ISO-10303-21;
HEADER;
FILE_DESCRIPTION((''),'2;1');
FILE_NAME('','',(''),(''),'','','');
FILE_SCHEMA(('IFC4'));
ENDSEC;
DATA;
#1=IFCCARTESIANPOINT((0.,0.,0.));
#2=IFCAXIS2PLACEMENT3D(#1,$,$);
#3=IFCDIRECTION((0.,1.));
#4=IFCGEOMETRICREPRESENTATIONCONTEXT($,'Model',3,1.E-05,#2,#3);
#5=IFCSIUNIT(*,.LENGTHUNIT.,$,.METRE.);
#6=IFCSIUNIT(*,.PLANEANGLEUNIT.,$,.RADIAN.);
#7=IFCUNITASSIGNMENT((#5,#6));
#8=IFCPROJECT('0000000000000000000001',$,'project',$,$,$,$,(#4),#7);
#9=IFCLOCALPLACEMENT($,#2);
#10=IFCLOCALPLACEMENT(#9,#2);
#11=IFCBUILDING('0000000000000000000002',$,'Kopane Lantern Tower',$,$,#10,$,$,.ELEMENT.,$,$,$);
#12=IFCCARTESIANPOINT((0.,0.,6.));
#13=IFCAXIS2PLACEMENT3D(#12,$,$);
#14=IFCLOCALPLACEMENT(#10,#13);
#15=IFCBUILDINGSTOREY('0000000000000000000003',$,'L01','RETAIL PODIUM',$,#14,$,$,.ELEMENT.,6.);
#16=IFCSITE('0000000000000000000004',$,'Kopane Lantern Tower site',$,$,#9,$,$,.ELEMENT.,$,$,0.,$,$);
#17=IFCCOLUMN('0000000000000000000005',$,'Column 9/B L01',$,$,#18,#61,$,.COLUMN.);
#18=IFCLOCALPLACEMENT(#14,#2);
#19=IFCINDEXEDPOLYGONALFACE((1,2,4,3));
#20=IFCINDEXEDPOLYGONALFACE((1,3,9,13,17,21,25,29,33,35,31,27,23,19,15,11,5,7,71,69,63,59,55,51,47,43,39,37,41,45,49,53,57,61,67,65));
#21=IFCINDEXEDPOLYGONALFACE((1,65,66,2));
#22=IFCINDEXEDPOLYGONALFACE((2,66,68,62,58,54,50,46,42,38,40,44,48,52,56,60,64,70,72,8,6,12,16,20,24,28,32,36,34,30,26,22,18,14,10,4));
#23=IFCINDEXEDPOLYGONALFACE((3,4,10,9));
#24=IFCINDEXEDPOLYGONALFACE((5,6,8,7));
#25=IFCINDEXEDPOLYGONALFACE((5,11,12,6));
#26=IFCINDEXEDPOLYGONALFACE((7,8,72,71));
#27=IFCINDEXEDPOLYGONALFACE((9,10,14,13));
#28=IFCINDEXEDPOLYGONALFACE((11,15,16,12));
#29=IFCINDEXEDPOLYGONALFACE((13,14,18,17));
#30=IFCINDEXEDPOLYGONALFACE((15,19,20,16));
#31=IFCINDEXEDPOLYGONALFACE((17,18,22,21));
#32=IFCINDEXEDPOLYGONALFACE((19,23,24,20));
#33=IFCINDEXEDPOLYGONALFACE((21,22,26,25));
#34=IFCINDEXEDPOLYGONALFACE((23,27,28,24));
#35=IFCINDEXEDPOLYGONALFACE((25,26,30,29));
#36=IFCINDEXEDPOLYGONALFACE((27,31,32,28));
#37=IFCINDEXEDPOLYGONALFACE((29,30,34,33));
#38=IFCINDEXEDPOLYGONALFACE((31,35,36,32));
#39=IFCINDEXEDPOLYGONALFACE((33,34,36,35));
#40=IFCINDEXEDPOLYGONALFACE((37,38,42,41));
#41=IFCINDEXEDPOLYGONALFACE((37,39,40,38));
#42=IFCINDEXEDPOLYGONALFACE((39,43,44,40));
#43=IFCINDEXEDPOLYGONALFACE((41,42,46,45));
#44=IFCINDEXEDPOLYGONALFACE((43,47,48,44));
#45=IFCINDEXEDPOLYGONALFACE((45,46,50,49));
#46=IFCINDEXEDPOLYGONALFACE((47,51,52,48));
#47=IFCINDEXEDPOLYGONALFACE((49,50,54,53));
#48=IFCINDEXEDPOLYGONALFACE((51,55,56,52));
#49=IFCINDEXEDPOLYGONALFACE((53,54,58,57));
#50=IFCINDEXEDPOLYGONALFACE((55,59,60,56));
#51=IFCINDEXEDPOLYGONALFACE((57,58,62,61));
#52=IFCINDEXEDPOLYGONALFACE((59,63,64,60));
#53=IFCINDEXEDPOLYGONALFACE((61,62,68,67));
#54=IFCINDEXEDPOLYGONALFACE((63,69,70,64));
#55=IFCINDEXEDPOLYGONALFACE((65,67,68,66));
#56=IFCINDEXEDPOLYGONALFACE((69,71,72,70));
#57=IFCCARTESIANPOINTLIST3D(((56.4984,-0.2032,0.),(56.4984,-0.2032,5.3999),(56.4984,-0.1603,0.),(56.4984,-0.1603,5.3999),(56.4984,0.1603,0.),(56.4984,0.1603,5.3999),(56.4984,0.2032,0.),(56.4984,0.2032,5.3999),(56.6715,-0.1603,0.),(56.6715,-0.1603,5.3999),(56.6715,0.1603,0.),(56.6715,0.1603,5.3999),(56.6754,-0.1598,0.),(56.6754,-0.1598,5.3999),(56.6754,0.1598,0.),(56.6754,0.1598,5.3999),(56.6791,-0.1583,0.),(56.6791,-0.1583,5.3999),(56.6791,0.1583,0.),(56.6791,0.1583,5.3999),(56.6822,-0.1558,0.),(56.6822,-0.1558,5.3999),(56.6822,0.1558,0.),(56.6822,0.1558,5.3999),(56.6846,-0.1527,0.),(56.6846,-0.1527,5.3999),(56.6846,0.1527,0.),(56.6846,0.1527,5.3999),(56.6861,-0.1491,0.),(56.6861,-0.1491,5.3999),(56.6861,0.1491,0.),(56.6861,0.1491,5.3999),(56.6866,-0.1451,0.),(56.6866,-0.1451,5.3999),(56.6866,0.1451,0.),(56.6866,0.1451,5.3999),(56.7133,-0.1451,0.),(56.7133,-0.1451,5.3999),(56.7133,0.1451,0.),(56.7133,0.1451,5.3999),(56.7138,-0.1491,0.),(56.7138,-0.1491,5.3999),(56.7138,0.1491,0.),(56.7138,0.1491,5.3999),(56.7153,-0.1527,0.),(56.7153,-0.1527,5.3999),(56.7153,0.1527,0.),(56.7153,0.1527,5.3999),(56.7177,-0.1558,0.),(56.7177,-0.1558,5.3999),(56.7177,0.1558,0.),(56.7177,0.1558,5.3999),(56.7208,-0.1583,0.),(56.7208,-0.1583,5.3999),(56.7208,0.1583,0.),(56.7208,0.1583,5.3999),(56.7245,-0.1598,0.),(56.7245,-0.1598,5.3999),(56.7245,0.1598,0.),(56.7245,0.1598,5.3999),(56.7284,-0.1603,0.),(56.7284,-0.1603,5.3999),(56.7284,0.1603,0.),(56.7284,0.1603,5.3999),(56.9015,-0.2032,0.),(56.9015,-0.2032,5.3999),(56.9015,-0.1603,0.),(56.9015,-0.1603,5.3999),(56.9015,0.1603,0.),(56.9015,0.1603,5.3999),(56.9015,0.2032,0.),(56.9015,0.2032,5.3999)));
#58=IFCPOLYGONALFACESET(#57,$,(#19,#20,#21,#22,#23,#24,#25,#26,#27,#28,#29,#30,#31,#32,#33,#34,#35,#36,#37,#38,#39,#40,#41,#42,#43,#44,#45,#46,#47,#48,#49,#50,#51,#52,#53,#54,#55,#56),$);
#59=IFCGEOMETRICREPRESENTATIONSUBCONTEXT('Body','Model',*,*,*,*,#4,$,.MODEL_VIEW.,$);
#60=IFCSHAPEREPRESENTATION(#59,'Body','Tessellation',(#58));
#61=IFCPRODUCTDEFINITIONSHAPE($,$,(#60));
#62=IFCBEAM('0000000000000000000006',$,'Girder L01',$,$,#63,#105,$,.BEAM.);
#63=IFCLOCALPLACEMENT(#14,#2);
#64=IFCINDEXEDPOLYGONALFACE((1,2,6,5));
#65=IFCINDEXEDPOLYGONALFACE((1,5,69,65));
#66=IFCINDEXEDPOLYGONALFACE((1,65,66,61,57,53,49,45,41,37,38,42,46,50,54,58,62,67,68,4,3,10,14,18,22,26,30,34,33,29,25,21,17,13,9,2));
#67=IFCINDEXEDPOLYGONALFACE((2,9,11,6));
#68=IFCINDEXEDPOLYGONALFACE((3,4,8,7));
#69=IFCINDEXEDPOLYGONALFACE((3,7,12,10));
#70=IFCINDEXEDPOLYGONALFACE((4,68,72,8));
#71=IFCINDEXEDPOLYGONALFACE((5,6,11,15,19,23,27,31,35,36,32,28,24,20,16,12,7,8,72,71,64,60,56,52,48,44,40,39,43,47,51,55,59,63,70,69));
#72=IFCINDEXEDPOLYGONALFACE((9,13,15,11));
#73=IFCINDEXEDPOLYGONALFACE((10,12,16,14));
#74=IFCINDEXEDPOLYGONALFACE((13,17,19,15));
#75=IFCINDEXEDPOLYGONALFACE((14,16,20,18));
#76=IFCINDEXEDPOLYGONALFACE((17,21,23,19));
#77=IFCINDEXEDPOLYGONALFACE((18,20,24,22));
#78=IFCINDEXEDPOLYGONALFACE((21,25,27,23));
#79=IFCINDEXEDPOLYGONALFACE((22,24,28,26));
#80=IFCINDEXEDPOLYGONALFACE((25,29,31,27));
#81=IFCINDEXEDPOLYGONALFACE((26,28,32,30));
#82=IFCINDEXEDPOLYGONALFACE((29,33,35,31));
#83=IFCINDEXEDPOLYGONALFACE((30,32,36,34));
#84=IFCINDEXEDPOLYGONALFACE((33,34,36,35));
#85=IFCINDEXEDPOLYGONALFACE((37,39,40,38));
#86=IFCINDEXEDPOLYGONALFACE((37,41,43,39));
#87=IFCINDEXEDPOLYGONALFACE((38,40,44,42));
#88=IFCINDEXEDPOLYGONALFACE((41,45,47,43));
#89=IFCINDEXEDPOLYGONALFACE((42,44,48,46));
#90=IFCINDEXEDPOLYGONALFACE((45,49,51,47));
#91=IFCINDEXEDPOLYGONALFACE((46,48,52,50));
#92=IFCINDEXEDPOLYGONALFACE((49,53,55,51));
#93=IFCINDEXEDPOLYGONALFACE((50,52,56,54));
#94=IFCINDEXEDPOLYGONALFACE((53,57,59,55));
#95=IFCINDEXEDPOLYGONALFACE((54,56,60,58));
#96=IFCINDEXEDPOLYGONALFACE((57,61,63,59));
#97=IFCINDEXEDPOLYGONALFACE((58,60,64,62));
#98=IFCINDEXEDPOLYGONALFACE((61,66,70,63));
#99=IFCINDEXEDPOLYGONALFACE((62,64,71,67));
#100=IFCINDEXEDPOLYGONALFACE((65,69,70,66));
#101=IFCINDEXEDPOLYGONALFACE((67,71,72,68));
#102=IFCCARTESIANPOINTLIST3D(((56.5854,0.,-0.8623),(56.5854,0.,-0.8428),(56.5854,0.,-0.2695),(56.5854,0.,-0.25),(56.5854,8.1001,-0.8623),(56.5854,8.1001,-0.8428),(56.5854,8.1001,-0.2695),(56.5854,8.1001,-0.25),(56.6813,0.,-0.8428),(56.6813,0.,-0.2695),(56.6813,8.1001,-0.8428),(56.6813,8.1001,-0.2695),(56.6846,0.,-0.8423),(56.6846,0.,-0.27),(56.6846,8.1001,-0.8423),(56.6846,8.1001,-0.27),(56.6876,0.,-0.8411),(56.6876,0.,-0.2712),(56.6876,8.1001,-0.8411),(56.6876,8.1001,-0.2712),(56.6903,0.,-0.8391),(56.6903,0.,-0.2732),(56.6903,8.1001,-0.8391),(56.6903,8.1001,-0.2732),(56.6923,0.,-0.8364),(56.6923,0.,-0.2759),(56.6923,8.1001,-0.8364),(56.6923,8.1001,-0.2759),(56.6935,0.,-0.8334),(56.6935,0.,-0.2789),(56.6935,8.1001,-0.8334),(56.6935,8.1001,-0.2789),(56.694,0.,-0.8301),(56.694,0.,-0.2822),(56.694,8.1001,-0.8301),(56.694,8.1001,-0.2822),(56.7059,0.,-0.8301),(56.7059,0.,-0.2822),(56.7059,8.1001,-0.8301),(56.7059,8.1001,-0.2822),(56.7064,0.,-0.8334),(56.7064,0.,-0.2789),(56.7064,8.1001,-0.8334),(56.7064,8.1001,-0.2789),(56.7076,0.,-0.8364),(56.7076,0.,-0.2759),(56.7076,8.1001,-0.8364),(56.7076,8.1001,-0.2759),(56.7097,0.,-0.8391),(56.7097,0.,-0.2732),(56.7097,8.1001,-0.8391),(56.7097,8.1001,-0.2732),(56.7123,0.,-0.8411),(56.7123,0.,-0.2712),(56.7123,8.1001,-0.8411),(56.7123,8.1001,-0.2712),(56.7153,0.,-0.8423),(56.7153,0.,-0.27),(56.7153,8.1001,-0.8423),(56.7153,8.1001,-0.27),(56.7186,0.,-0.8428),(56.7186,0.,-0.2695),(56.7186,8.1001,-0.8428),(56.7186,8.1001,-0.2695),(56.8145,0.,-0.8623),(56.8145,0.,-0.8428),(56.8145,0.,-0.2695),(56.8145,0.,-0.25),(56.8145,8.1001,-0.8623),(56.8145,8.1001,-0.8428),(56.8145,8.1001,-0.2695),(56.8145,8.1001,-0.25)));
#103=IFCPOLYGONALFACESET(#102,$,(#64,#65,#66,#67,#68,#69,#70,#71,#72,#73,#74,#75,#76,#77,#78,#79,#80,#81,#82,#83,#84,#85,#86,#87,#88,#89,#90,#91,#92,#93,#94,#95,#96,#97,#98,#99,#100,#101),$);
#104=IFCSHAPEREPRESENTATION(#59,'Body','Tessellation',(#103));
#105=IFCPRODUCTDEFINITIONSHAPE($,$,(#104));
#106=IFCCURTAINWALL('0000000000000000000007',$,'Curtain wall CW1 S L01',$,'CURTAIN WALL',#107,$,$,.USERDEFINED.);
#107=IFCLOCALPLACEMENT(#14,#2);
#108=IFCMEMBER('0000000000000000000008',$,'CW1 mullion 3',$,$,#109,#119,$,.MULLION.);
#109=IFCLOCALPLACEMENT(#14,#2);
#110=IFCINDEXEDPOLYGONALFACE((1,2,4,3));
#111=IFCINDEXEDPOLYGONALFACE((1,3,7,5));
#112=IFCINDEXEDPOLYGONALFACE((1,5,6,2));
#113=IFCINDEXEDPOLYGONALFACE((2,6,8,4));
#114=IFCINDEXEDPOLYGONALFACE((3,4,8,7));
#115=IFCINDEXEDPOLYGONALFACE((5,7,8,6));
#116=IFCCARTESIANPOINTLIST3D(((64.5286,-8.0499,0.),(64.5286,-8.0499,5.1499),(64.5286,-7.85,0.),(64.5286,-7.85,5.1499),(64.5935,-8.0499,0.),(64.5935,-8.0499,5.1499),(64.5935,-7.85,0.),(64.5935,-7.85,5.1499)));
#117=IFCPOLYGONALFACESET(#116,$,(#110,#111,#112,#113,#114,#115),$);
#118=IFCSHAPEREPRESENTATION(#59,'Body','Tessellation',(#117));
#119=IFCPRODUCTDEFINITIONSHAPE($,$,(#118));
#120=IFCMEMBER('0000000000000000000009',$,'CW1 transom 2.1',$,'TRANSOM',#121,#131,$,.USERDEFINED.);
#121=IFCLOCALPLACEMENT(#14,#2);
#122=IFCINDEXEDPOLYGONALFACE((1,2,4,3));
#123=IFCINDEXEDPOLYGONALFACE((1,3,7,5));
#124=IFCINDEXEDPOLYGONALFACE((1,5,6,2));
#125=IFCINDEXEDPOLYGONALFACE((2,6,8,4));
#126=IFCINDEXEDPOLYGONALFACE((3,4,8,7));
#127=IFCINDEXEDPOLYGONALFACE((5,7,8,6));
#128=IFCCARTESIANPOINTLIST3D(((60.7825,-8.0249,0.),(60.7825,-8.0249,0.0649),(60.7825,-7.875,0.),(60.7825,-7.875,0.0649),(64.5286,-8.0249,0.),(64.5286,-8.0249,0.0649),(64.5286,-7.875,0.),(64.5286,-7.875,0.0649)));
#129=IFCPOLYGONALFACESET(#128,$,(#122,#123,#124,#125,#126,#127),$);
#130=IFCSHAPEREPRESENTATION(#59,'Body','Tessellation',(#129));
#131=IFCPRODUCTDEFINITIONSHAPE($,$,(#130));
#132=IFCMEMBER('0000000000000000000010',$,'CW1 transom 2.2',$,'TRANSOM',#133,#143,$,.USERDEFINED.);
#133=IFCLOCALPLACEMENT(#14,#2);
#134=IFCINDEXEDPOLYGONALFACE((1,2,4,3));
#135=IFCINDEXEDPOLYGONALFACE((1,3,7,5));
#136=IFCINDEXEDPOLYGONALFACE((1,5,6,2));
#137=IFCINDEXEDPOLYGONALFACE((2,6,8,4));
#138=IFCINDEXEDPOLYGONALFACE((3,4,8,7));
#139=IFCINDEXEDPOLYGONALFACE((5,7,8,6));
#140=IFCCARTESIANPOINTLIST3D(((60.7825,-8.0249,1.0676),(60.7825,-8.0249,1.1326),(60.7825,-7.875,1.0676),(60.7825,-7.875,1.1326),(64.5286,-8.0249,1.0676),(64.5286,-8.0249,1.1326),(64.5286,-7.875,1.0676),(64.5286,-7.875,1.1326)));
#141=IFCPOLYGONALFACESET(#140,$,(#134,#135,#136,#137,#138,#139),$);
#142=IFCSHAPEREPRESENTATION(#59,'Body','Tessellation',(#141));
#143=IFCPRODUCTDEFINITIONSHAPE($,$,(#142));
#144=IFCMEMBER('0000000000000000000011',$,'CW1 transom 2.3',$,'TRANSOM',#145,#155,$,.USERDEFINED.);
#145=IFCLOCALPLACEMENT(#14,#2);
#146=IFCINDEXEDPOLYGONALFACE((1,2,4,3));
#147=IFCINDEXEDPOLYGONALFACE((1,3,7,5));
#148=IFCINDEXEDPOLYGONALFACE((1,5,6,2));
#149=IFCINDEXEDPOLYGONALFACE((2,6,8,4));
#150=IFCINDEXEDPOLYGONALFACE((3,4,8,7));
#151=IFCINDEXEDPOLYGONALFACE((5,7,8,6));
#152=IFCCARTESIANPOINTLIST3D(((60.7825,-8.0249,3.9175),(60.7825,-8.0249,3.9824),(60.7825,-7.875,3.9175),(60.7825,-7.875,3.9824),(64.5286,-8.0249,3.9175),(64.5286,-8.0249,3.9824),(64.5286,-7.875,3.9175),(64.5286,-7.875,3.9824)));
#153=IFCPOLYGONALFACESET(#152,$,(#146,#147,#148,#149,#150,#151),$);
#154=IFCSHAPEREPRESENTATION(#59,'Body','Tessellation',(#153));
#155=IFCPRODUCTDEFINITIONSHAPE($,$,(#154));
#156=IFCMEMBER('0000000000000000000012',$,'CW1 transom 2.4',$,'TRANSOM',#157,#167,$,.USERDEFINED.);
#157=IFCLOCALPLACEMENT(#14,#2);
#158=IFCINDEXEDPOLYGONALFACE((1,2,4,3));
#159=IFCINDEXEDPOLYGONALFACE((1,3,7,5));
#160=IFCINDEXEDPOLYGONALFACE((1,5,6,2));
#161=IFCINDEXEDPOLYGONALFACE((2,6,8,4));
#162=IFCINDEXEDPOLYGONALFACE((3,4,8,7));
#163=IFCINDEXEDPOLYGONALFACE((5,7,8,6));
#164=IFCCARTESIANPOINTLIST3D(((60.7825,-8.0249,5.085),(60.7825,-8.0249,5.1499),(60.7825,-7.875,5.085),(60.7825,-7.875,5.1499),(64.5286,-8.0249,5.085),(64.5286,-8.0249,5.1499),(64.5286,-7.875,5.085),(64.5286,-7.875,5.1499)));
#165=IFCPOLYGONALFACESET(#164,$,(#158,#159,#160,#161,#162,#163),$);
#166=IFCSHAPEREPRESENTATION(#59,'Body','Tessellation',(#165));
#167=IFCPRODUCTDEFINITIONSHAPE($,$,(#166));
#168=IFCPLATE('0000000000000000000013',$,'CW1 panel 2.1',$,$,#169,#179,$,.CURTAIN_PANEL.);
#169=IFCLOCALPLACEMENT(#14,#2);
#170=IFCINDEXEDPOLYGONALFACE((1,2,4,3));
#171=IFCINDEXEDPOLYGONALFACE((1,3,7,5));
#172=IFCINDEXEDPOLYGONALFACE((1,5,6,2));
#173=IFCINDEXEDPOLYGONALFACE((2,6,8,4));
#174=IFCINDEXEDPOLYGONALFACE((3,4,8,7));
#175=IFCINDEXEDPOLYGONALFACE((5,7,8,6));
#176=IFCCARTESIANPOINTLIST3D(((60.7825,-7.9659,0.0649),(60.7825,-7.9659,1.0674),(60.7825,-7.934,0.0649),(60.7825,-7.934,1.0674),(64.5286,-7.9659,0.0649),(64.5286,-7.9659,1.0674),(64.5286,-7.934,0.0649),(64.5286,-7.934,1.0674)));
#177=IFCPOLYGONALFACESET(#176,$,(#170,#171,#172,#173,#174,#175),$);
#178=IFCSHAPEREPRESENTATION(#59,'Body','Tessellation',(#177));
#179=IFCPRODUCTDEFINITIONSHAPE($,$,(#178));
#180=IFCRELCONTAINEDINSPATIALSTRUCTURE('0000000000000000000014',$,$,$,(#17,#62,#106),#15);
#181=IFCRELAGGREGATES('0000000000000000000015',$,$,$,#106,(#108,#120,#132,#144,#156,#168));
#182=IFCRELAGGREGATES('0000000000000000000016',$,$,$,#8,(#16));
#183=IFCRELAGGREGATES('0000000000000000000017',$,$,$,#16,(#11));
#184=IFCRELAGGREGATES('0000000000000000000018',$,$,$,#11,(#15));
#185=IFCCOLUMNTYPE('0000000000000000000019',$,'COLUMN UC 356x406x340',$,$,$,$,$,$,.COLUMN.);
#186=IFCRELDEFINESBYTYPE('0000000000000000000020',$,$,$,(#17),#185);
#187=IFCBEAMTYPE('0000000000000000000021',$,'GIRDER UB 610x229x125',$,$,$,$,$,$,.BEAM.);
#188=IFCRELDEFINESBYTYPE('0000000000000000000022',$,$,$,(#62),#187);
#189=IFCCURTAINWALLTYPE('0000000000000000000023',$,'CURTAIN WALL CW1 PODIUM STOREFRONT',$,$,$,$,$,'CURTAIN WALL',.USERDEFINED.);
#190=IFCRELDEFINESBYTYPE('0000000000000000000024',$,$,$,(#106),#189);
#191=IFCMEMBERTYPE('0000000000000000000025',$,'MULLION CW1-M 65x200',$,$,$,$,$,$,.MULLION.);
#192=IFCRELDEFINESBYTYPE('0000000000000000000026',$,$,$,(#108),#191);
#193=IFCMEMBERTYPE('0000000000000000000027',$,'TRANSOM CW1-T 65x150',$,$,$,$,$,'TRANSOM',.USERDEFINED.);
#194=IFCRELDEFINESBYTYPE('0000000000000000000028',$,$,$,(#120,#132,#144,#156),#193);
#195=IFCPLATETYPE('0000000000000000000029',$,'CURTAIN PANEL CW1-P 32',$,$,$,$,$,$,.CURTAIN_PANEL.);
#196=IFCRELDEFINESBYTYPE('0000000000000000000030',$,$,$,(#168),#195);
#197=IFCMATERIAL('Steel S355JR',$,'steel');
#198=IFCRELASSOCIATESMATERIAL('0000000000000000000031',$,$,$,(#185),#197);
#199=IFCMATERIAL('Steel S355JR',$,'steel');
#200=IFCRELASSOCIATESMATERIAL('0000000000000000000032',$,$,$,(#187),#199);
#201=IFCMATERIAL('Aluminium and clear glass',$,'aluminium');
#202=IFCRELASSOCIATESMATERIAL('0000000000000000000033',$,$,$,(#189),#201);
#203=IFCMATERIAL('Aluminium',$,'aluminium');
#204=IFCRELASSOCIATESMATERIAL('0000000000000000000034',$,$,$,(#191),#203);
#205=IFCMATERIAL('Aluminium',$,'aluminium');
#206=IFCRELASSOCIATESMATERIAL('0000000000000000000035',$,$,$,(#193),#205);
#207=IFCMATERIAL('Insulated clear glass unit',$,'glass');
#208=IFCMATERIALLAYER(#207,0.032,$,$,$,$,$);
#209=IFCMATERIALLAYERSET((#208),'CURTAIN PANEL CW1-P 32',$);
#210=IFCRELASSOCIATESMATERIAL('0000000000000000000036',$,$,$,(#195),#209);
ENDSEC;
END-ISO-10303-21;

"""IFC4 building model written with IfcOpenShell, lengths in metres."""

from ifc_helpers import new_model, si_unit, direction, frame, origin, origin_2d, place, context, subcontext, project, spatial, rectangle, i_section, extrude, material, layer, layer_set, material_profile, profile_set, type_object, element, aggregate, save


model = new_model("IFC4")

# Units and contexts
model_context = context("Model", 3, precision=1e-05, world=origin(), true_north=direction((0.0, 1.0)))
body_context = subcontext(model_context, "Body", "Model", "MODEL_VIEW")
ifc_project = project(units=[si_unit("LENGTHUNIT", "METRE"), si_unit("PLANEANGLEUNIT", "RADIAN")], contexts=[model_context])

# Site, building, storey
site_placement = place(None, origin())
site = spatial("IfcSite", under=ifc_project, at=site_placement, Name="Kopane Lantern Tower site", CompositionType="ELEMENT", RefElevation=0.0)
building_placement = place(site_placement, origin())
building = spatial("IfcBuilding", under=site, at=building_placement, Name="Kopane Lantern Tower", CompositionType="ELEMENT")
storey_placement = place(building_placement, frame((0.0, 0.0, 6.0)))
storey = spatial("IfcBuildingStorey", under=building, at=storey_placement, Name="L01", Description="RETAIL PODIUM", CompositionType="ELEMENT", Elevation=6.0)

# Column
ifc_material_1 = material(Name="Steel S355JR", Category="steel")
ifc_material_profile_1 = material_profile(ifc_material_1, i_section(OverallWidth=0.4031, OverallDepth=0.4065, WebThickness=0.0266, FlangeThickness=0.043, FilletRadius=0.0151, at=origin_2d()), Name="UC 356x406x340")
ifc_profile_set_1 = profile_set([ifc_material_profile_1], Name="Steel S355JR")
column_type = type_object("IfcColumnType", Name="COLUMN UC 356x406x340", PredefinedType="COLUMN", material=ifc_profile_set_1)
column_placement = place(storey_placement, frame((56.7, 0.0, 0.0), z_axis=(0.0, 0.0, 1.0), x_axis=(1.0, 0.0, 0.0)))
element("IfcColumn", 1, at=column_placement, inside=storey, type_object=column_type, Name="Column 9/B L01", PredefinedType="COLUMN", context=body_context, shape_type="SweptSolid", body=[
    extrude(i_section(OverallWidth=0.4031, OverallDepth=0.4065, WebThickness=0.0266, FlangeThickness=0.043, FilletRadius=0.0151, at=origin_2d()), origin(), (0.0, 0.0, 1.0), 5.3999),
])

# Beam
ifc_material_2 = material(Name="Steel S355JR", Category="steel")
ifc_material_profile_2 = material_profile(ifc_material_2, i_section(OverallWidth=0.229, OverallDepth=0.6123, WebThickness=0.012, FlangeThickness=0.0195, FilletRadius=0.0127, at=origin_2d()), Name="UB 610x229x125")
ifc_profile_set_2 = profile_set([ifc_material_profile_2], Name="Steel S355JR")
beam_type = type_object("IfcBeamType", Name="GIRDER UB 610x229x125", PredefinedType="BEAM", material=ifc_profile_set_2)
beam_placement = place(storey_placement, frame((56.7, 0.0, -0.5562), z_axis=(0.0, 1.0, 0.0), x_axis=(-1.0, 0.0, 0.0)))
element("IfcBeam", 2, at=beam_placement, inside=storey, type_object=beam_type, Name="Girder L01", PredefinedType="BEAM", context=body_context, shape_type="SweptSolid", body=[
    extrude(i_section(OverallWidth=0.229, OverallDepth=0.6123, WebThickness=0.012, FlangeThickness=0.0195, FilletRadius=0.0127, at=origin_2d()), origin(), (0.0, 0.0, 1.0), 8.1001),
])

# Curtain wall, members, plate
ifc_material_3 = material(Name="Aluminium and clear glass", Category="aluminium")
curtain_wall_type = type_object("IfcCurtainWallType", Name="CURTAIN WALL CW1 PODIUM STOREFRONT", ElementType="CURTAIN WALL", PredefinedType="USERDEFINED", material=ifc_material_3)
curtain_wall_placement = place(storey_placement, origin())
curtain_wall = element("IfcCurtainWall", 3, at=curtain_wall_placement, inside=storey, type_object=curtain_wall_type, Name="Curtain wall CW1 S L01", ObjectType="CURTAIN WALL", PredefinedType="USERDEFINED")
ifc_material_4 = material(Name="Aluminium", Category="aluminium")
ifc_material_profile_3 = material_profile(ifc_material_4, rectangle(XDim=0.0649, YDim=0.2, at=origin_2d()), Name="AL 65x200")
ifc_profile_set_3 = profile_set([ifc_material_profile_3], Name="Aluminium")
member_type_1 = type_object("IfcMemberType", Name="MULLION CW1-M 65x200", PredefinedType="MULLION", material=ifc_profile_set_3)
member_1_placement = place(storey_placement, frame((64.561, -7.95, 0.0), z_axis=(0.0, 0.0, 1.0), x_axis=(1.0, 0.0, 0.0)))
member_1 = element("IfcMember", 4, at=member_1_placement, type_object=member_type_1, Name="CW1 mullion 3", PredefinedType="MULLION", context=body_context, shape_type="SweptSolid", body=[
    extrude(rectangle(XDim=0.0649, YDim=0.2, at=origin_2d()), origin(), (0.0, 0.0, 1.0), 5.1499),
])
ifc_material_5 = material(Name="Aluminium", Category="aluminium")
ifc_material_profile_4 = material_profile(ifc_material_5, rectangle(XDim=0.1499, YDim=0.0649, at=origin_2d()), Name="AL 150x65")
ifc_profile_set_4 = profile_set([ifc_material_profile_4], Name="Aluminium")
member_type_2 = type_object("IfcMemberType", Name="TRANSOM CW1-T 65x150", ElementType="TRANSOM", PredefinedType="USERDEFINED", material=ifc_profile_set_4)
member_2_placement = place(storey_placement, frame((60.7825, -7.95, 0.0325), z_axis=(1.0, 0.0, 0.0), x_axis=(0.0, 1.0, 0.0)))
member_2 = element("IfcMember", 5, at=member_2_placement, type_object=member_type_2, Name="CW1 transom 2.1", ObjectType="TRANSOM", PredefinedType="USERDEFINED", context=body_context, shape_type="SweptSolid", body=[
    extrude(rectangle(XDim=0.1499, YDim=0.0649, at=origin_2d()), origin(), (0.0, 0.0, 1.0), 3.7461),
])
member_3_placement = place(storey_placement, frame((60.7825, -7.95, 1.1001), z_axis=(1.0, 0.0, 0.0), x_axis=(0.0, 1.0, 0.0)))
member_3 = element("IfcMember", 6, at=member_3_placement, type_object=member_type_2, Name="CW1 transom 2.2", ObjectType="TRANSOM", PredefinedType="USERDEFINED", context=body_context, shape_type="SweptSolid", body=[
    extrude(rectangle(XDim=0.1499, YDim=0.0649, at=origin_2d()), origin(), (0.0, 0.0, 1.0), 3.7461),
])
member_4_placement = place(storey_placement, frame((60.7825, -7.95, 3.95), z_axis=(1.0, 0.0, 0.0), x_axis=(0.0, 1.0, 0.0)))
member_4 = element("IfcMember", 7, at=member_4_placement, type_object=member_type_2, Name="CW1 transom 2.3", ObjectType="TRANSOM", PredefinedType="USERDEFINED", context=body_context, shape_type="SweptSolid", body=[
    extrude(rectangle(XDim=0.1499, YDim=0.0649, at=origin_2d()), origin(), (0.0, 0.0, 1.0), 3.7461),
])
member_5_placement = place(storey_placement, frame((60.7825, -7.95, 5.1174), z_axis=(1.0, 0.0, 0.0), x_axis=(0.0, 1.0, 0.0)))
member_5 = element("IfcMember", 8, at=member_5_placement, type_object=member_type_2, Name="CW1 transom 2.4", ObjectType="TRANSOM", PredefinedType="USERDEFINED", context=body_context, shape_type="SweptSolid", body=[
    extrude(rectangle(XDim=0.1499, YDim=0.0649, at=origin_2d()), origin(), (0.0, 0.0, 1.0), 3.7461),
])
ifc_material_6 = material(Name="Insulated clear glass unit", Category="glass")
ifc_layer_1 = layer(ifc_material_6, 0.032)
ifc_layer_set_1 = layer_set([ifc_layer_1], Name="CURTAIN PANEL CW1-P 32")
plate_type = type_object("IfcPlateType", Name="CURTAIN PANEL CW1-P 32", PredefinedType="CURTAIN_PANEL", material=ifc_layer_set_1)
plate_1_placement = place(storey_placement, frame((62.6555, -7.95, 0.0649), z_axis=(0.0, 0.0, 1.0), x_axis=(1.0, 0.0, 0.0)))
plate_1 = element("IfcPlate", 9, at=plate_1_placement, type_object=plate_type, Name="CW1 panel 2.1", PredefinedType="CURTAIN_PANEL", context=body_context, shape_type="SweptSolid", body=[
    extrude(rectangle(XDim=3.7461, YDim=0.032, at=origin_2d()), origin(), (0.0, 0.0, 1.0), 1.0024),
])
aggregate(curtain_wall, [member_1, member_2, member_3, member_4, member_5, plate_1])

save(model, "model.ifc")
